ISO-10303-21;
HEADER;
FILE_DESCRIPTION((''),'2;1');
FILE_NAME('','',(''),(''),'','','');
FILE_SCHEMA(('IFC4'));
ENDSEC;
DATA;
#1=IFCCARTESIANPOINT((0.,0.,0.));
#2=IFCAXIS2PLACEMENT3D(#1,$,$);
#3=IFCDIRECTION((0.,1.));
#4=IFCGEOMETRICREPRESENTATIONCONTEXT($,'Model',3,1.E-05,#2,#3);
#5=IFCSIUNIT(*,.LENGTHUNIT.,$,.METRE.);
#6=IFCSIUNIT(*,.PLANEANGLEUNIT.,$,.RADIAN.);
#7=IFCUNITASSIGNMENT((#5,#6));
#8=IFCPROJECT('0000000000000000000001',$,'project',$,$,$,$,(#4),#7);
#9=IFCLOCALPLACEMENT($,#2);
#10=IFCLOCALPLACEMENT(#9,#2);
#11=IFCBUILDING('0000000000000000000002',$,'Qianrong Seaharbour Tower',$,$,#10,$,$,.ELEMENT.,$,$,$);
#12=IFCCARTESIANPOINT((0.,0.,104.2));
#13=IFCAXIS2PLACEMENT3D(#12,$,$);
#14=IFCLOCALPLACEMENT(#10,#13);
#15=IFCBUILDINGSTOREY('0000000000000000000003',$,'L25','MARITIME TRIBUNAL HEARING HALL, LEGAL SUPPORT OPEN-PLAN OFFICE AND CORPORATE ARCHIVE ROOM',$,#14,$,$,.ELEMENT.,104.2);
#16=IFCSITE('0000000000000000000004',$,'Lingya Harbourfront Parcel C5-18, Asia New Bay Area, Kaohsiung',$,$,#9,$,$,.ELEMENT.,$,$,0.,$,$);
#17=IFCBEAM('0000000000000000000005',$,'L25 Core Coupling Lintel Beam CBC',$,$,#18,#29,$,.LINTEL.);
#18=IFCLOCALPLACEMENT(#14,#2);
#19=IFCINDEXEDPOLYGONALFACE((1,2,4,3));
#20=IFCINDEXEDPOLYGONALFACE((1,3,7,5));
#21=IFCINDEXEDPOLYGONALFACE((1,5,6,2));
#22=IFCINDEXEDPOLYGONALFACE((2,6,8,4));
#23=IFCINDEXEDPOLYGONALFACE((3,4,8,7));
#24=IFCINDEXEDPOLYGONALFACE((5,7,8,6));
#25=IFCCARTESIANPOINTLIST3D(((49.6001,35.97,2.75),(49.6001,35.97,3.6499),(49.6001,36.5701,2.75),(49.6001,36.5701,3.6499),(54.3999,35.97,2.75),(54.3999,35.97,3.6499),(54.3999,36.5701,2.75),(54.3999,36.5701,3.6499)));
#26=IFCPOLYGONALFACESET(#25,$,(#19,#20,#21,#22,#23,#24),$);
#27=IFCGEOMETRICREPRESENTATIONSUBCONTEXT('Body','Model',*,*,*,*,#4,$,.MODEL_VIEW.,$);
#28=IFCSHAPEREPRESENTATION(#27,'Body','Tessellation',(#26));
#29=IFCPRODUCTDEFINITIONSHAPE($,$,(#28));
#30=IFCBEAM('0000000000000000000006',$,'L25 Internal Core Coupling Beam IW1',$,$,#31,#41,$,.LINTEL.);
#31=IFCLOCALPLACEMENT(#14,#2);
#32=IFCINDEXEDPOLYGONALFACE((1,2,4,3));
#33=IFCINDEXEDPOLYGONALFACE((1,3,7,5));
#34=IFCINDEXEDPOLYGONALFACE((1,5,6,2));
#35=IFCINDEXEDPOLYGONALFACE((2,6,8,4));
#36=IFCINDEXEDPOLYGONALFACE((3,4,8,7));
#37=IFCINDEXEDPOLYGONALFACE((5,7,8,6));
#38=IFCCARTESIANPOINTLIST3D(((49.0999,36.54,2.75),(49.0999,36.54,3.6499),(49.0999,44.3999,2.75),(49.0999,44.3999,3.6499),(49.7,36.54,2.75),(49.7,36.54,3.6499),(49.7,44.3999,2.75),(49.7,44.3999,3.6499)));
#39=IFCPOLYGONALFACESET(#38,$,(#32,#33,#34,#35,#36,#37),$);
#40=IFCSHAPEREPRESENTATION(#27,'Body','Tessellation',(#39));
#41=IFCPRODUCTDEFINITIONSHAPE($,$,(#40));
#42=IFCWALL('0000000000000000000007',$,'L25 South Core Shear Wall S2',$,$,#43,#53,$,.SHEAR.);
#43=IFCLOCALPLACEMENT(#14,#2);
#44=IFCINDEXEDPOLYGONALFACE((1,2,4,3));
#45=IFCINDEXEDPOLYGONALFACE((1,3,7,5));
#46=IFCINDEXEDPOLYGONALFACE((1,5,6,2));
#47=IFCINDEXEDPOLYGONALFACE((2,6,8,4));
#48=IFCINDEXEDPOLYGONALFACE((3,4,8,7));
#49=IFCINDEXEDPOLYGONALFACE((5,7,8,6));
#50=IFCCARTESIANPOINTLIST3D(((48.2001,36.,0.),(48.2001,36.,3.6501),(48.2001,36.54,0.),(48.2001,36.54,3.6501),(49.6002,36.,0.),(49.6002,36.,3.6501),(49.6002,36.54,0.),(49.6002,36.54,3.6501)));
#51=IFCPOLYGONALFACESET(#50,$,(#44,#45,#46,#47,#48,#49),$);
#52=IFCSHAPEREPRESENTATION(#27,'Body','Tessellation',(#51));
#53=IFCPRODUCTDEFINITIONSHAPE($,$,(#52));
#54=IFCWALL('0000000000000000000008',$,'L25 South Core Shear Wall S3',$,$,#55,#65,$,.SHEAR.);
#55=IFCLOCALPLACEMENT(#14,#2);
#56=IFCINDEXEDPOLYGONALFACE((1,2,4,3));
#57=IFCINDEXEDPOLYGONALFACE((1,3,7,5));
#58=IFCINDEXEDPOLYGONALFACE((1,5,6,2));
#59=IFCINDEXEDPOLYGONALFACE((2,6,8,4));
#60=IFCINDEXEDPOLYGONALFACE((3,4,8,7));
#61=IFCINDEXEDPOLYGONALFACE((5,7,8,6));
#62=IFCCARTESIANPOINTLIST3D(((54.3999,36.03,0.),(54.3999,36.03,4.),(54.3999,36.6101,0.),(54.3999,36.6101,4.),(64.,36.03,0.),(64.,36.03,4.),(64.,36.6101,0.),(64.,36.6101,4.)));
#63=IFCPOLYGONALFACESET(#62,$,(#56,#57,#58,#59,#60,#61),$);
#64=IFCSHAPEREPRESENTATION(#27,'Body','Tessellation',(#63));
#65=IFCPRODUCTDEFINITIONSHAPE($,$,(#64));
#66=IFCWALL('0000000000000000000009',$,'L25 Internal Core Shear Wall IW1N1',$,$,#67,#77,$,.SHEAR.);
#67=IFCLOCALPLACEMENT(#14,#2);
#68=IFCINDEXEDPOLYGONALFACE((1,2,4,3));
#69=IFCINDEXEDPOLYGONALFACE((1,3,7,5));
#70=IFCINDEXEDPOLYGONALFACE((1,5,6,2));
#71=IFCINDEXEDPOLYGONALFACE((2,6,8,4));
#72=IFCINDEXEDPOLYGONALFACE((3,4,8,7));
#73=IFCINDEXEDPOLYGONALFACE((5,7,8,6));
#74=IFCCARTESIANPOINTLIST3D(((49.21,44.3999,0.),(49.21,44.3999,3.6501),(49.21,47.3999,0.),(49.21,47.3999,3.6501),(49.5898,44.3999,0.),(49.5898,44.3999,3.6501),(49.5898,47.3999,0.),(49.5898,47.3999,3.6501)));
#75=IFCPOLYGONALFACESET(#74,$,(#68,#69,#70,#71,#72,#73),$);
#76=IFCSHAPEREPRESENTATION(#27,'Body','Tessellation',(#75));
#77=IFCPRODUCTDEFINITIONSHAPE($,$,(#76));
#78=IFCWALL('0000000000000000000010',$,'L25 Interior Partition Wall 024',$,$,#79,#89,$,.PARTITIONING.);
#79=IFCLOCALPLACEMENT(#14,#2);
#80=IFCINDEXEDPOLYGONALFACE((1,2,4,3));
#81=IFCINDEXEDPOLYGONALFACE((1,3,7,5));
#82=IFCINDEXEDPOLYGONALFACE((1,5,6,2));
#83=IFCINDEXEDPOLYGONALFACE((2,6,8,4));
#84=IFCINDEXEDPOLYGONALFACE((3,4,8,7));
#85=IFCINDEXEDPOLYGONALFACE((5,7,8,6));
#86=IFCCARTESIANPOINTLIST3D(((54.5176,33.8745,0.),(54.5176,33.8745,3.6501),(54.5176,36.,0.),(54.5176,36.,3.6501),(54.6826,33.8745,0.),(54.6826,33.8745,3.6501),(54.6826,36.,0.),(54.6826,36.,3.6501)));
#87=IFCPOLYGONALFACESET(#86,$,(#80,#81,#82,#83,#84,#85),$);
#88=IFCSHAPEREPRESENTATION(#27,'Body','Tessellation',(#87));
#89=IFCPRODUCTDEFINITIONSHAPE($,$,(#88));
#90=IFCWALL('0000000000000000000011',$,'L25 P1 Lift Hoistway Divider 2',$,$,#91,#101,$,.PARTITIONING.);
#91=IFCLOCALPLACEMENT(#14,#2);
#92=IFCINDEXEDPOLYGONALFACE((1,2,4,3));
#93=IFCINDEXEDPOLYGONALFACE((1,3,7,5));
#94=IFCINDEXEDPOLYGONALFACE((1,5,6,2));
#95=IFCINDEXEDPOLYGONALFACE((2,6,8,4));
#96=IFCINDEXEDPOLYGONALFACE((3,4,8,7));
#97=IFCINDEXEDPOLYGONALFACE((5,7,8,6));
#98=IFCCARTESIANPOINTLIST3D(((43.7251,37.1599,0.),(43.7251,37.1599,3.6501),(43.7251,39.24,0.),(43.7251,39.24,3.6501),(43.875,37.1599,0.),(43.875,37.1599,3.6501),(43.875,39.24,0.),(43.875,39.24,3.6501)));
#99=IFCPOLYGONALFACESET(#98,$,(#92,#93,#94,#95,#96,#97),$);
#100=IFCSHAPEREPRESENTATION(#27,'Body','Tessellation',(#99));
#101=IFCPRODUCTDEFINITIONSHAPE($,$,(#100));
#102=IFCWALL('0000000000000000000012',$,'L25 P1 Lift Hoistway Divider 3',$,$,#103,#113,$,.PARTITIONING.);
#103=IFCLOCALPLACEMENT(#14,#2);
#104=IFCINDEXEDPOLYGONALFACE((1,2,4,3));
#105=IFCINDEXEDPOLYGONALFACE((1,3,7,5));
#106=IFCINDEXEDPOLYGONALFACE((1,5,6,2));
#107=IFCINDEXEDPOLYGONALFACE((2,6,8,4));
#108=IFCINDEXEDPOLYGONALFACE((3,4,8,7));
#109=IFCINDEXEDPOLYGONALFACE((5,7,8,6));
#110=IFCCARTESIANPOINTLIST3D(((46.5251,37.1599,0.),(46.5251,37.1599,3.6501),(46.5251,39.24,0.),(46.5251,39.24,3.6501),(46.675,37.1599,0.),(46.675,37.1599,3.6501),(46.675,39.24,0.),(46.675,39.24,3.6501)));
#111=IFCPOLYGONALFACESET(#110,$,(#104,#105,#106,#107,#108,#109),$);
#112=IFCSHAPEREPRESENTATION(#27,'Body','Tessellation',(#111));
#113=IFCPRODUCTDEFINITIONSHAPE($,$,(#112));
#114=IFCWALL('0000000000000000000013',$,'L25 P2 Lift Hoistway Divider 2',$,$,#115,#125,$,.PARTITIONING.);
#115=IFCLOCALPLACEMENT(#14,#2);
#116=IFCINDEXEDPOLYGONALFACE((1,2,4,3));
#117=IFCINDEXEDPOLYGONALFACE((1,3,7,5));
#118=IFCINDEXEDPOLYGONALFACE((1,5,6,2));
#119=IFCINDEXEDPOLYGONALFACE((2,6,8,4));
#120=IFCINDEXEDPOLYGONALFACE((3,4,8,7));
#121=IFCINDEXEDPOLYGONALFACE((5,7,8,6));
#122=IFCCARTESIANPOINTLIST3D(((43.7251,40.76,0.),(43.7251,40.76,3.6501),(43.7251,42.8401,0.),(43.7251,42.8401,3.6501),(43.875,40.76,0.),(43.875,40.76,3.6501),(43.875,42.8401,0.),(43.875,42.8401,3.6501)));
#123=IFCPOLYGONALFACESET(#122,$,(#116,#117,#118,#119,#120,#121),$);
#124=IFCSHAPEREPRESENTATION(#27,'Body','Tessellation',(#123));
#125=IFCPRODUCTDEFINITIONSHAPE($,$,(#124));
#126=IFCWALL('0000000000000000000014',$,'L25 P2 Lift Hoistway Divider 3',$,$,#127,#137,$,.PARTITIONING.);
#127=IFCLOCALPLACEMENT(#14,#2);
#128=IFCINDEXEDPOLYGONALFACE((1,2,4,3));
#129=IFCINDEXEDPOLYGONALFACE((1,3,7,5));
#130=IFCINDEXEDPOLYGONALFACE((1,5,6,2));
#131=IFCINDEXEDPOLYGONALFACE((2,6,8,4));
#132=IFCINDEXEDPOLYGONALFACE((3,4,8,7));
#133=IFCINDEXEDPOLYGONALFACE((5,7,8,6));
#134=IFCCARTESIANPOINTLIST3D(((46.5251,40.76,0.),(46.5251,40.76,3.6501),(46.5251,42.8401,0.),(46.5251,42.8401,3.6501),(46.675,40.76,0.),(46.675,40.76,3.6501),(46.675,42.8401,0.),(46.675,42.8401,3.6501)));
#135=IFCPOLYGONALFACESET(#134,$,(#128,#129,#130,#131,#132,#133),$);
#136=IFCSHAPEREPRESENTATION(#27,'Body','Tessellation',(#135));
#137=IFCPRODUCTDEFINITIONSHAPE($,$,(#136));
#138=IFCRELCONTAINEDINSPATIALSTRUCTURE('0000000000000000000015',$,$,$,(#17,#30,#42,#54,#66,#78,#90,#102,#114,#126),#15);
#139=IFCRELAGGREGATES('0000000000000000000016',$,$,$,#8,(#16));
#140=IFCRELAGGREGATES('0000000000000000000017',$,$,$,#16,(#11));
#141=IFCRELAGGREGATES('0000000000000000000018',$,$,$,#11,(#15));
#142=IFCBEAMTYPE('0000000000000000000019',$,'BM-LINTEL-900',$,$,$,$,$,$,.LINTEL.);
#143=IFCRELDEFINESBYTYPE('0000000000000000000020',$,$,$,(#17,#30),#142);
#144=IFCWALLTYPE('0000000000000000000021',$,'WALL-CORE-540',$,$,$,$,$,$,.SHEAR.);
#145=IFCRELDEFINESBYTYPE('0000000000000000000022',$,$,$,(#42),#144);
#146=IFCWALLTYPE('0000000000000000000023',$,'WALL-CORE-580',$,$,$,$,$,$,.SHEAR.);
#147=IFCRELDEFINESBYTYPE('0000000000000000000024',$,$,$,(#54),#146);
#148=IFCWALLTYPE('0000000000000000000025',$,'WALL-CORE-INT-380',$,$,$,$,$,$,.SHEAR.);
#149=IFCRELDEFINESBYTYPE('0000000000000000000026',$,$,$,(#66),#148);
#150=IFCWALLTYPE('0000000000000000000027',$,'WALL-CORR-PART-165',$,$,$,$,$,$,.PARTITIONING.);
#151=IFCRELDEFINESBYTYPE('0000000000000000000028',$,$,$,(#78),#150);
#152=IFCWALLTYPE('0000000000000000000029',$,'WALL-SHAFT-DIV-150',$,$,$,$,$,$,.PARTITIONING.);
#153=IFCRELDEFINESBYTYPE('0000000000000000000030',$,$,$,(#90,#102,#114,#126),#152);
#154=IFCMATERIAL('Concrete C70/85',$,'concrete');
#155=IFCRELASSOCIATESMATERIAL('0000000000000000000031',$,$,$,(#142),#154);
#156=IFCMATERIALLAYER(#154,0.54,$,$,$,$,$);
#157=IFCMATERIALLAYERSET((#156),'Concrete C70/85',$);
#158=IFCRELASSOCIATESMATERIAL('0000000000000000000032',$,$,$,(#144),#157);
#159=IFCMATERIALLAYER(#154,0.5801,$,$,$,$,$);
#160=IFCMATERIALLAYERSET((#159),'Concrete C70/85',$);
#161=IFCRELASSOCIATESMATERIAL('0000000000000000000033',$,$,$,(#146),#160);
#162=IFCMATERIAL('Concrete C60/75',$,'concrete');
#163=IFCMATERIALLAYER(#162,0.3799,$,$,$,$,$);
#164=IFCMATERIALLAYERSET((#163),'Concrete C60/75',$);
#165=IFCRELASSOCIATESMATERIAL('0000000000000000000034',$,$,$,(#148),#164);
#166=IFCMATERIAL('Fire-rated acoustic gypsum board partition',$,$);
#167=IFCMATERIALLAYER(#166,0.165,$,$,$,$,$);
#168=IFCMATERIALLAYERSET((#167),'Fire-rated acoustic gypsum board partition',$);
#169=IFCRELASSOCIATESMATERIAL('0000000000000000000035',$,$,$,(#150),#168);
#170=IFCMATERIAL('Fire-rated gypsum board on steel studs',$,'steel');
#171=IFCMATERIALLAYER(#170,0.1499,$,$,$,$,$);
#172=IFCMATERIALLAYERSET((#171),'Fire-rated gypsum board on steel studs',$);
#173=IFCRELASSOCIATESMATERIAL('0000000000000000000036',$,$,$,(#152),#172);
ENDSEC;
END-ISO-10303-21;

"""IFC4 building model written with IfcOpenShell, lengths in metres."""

from ifc_helpers import new_model, si_unit, direction, frame, frame_2d, origin, origin_2d, place, context, subcontext, project, spatial, rectangle, extrude, material, layer, layer_set, material_profile, profile_set, type_object, element, save


model = new_model("IFC4")

# Units and contexts
model_context = context("Model", 3, precision=1e-05, world=origin(), true_north=direction((0.0, 1.0)))
body_context = subcontext(model_context, "Body", "Model", "MODEL_VIEW")
ifc_project = project(units=[si_unit("LENGTHUNIT", "METRE"), si_unit("PLANEANGLEUNIT", "RADIAN")], contexts=[model_context])

# Site, building, storey
site_placement = place(None, origin())
site = spatial("IfcSite", under=ifc_project, at=site_placement, Name="Lingya Harbourfront Parcel C5-18, Asia New Bay Area, Kaohsiung", CompositionType="ELEMENT", RefElevation=0.0)
building_placement = place(site_placement, origin())
building = spatial("IfcBuilding", under=site, at=building_placement, Name="Qianrong Seaharbour Tower", CompositionType="ELEMENT")
storey_placement = place(building_placement, frame((0.0, 0.0, 104.2)))
storey = spatial("IfcBuildingStorey", under=building, at=storey_placement, Name="L25", Description="MARITIME TRIBUNAL HEARING HALL, LEGAL SUPPORT OPEN-PLAN OFFICE AND CORPORATE ARCHIVE ROOM", CompositionType="ELEMENT", Elevation=104.2)

# Beams
ifc_material_1 = material(Name="Concrete C70/85", Category="concrete")
ifc_material_profile = material_profile(ifc_material_1, rectangle(XDim=0.6001, YDim=0.8999, at=origin_2d()), Name="RC600x900")
ifc_profile_set = profile_set([ifc_material_profile], Name="Concrete C70/85")
beam_type = type_object("IfcBeamType", Name="BM-LINTEL-900", PredefinedType="LINTEL", material=ifc_profile_set)
beam_1_placement = place(storey_placement, frame((49.6001, 36.27, 3.2), z_axis=(1.0, 0.0, 0.0), x_axis=(0.0, 1.0, 0.0)))
element("IfcBeam", 1, at=beam_1_placement, inside=storey, type_object=beam_type, Name="L25 Core Coupling Lintel Beam CBC", PredefinedType="LINTEL", context=body_context, shape_type="SweptSolid", body=[
    extrude(rectangle(XDim=0.6001, YDim=0.8999, at=origin_2d()), origin(), (0.0, 0.0, 1.0), 4.7998),
])
beam_2_placement = place(storey_placement, frame((49.3999, 36.54, 3.2), z_axis=(0.0, 1.0, 0.0), x_axis=(-1.0, 0.0, 0.0)))
element("IfcBeam", 2, at=beam_2_placement, inside=storey, type_object=beam_type, Name="L25 Internal Core Coupling Beam IW1", PredefinedType="LINTEL", context=body_context, shape_type="SweptSolid", body=[
    extrude(rectangle(XDim=0.6001, YDim=0.8999, at=origin_2d()), origin(), (0.0, 0.0, 1.0), 7.8599),
])

# Walls
ifc_layer_1 = layer(ifc_material_1, 0.54)
ifc_layer_set_1 = layer_set([ifc_layer_1], Name="Concrete C70/85")
wall_type_1 = type_object("IfcWallType", Name="WALL-CORE-540", PredefinedType="SHEAR", material=ifc_layer_set_1)
wall_1_placement = place(storey_placement, frame((48.2, 36.27, 0.0), z_axis=(0.0, 0.0, 1.0), x_axis=(1.0, 0.0, 0.0)))
element("IfcWall", 3, at=wall_1_placement, inside=storey, type_object=wall_type_1, Name="L25 South Core Shear Wall S2", PredefinedType="SHEAR", context=body_context, shape_type="SweptSolid", body=[
    extrude(rectangle(XDim=1.4001, YDim=0.54, at=frame_2d((0.7002, 0.0))), origin(), (0.0, 0.0, 1.0), 3.6501),
])
ifc_layer_2 = layer(ifc_material_1, 0.5801)
ifc_layer_set_2 = layer_set([ifc_layer_2], Name="Concrete C70/85")
wall_type_2 = type_object("IfcWallType", Name="WALL-CORE-580", PredefinedType="SHEAR", material=ifc_layer_set_2)
wall_2_placement = place(storey_placement, frame((54.3999, 36.3201, 0.0), z_axis=(0.0, 0.0, 1.0), x_axis=(1.0, 0.0, 0.0)))
element("IfcWall", 4, at=wall_2_placement, inside=storey, type_object=wall_type_2, Name="L25 South Core Shear Wall S3", PredefinedType="SHEAR", context=body_context, shape_type="SweptSolid", body=[
    extrude(rectangle(XDim=9.6001, YDim=0.5801, at=frame_2d((4.8, 0.0))), origin(), (0.0, 0.0, 1.0), 4.0),
])
ifc_material_2 = material(Name="Concrete C60/75", Category="concrete")
ifc_layer_3 = layer(ifc_material_2, 0.3799)
ifc_layer_set_3 = layer_set([ifc_layer_3], Name="Concrete C60/75")
wall_type_3 = type_object("IfcWallType", Name="WALL-CORE-INT-380", PredefinedType="SHEAR", material=ifc_layer_set_3)
wall_3_placement = place(storey_placement, frame((49.3999, 44.3999, 0.0), z_axis=(0.0, 0.0, 1.0), x_axis=(0.0, 1.0, 0.0)))
element("IfcWall", 5, at=wall_3_placement, inside=storey, type_object=wall_type_3, Name="L25 Internal Core Shear Wall IW1N1", PredefinedType="SHEAR", context=body_context, shape_type="SweptSolid", body=[
    extrude(rectangle(XDim=3.0, YDim=0.3799, at=frame_2d((1.5, 0.0))), origin(), (0.0, 0.0, 1.0), 3.6501),
])
ifc_material_3 = material(Name="Fire-rated acoustic gypsum board partition")
ifc_layer_4 = layer(ifc_material_3, 0.165)
ifc_layer_set_4 = layer_set([ifc_layer_4], Name="Fire-rated acoustic gypsum board partition")
wall_type_4 = type_object("IfcWallType", Name="WALL-CORR-PART-165", PredefinedType="PARTITIONING", material=ifc_layer_set_4)
wall_4_placement = place(storey_placement, frame((54.6001, 36.0, 0.0), z_axis=(0.0, 0.0, 1.0), x_axis=(0.0, -1.0, 0.0)))
element("IfcWall", 6, at=wall_4_placement, inside=storey, type_object=wall_type_4, Name="L25 Interior Partition Wall 024", PredefinedType="PARTITIONING", context=body_context, shape_type="SweptSolid", body=[
    extrude(rectangle(XDim=2.1255, YDim=0.165, at=frame_2d((1.0627, 0.0))), origin(), (0.0, 0.0, 1.0), 3.6501),
])
ifc_material_4 = material(Name="Fire-rated gypsum board on steel studs", Category="steel")
ifc_layer_5 = layer(ifc_material_4, 0.1499)
ifc_layer_set_5 = layer_set([ifc_layer_5], Name="Fire-rated gypsum board on steel studs")
wall_type_5 = type_object("IfcWallType", Name="WALL-SHAFT-DIV-150", PredefinedType="PARTITIONING", material=ifc_layer_set_5)
for number, where, z_axis, x_axis, name in (
    (7, (43.8, 37.1599, 0.0), (0.0, 0.0, 1.0), (0.0, 1.0, 0.0), "L25 P1 Lift Hoistway Divider 2"),
    (8, (46.6001, 37.1599, 0.0), (0.0, 0.0, 1.0), (0.0, 1.0, 0.0), "L25 P1 Lift Hoistway Divider 3"),
    (9, (43.8, 40.76, 0.0), (0.0, 0.0, 1.0), (0.0, 1.0, 0.0), "L25 P2 Lift Hoistway Divider 2"),
    (10, (46.6001, 40.76, 0.0), (0.0, 0.0, 1.0), (0.0, 1.0, 0.0), "L25 P2 Lift Hoistway Divider 3"),
):
    element("IfcWall", number, at=place(storey_placement, frame(where, z_axis=z_axis, x_axis=x_axis)), inside=storey, type_object=wall_type_5, Name=name, PredefinedType="PARTITIONING", context=body_context, shape_type="SweptSolid", body=[
        extrude(rectangle(XDim=2.0801, YDim=0.1499, at=frame_2d((1.04, 0.0))), origin(), (0.0, 0.0, 1.0), 3.6501),
    ])

save(model, "model.ifc")
